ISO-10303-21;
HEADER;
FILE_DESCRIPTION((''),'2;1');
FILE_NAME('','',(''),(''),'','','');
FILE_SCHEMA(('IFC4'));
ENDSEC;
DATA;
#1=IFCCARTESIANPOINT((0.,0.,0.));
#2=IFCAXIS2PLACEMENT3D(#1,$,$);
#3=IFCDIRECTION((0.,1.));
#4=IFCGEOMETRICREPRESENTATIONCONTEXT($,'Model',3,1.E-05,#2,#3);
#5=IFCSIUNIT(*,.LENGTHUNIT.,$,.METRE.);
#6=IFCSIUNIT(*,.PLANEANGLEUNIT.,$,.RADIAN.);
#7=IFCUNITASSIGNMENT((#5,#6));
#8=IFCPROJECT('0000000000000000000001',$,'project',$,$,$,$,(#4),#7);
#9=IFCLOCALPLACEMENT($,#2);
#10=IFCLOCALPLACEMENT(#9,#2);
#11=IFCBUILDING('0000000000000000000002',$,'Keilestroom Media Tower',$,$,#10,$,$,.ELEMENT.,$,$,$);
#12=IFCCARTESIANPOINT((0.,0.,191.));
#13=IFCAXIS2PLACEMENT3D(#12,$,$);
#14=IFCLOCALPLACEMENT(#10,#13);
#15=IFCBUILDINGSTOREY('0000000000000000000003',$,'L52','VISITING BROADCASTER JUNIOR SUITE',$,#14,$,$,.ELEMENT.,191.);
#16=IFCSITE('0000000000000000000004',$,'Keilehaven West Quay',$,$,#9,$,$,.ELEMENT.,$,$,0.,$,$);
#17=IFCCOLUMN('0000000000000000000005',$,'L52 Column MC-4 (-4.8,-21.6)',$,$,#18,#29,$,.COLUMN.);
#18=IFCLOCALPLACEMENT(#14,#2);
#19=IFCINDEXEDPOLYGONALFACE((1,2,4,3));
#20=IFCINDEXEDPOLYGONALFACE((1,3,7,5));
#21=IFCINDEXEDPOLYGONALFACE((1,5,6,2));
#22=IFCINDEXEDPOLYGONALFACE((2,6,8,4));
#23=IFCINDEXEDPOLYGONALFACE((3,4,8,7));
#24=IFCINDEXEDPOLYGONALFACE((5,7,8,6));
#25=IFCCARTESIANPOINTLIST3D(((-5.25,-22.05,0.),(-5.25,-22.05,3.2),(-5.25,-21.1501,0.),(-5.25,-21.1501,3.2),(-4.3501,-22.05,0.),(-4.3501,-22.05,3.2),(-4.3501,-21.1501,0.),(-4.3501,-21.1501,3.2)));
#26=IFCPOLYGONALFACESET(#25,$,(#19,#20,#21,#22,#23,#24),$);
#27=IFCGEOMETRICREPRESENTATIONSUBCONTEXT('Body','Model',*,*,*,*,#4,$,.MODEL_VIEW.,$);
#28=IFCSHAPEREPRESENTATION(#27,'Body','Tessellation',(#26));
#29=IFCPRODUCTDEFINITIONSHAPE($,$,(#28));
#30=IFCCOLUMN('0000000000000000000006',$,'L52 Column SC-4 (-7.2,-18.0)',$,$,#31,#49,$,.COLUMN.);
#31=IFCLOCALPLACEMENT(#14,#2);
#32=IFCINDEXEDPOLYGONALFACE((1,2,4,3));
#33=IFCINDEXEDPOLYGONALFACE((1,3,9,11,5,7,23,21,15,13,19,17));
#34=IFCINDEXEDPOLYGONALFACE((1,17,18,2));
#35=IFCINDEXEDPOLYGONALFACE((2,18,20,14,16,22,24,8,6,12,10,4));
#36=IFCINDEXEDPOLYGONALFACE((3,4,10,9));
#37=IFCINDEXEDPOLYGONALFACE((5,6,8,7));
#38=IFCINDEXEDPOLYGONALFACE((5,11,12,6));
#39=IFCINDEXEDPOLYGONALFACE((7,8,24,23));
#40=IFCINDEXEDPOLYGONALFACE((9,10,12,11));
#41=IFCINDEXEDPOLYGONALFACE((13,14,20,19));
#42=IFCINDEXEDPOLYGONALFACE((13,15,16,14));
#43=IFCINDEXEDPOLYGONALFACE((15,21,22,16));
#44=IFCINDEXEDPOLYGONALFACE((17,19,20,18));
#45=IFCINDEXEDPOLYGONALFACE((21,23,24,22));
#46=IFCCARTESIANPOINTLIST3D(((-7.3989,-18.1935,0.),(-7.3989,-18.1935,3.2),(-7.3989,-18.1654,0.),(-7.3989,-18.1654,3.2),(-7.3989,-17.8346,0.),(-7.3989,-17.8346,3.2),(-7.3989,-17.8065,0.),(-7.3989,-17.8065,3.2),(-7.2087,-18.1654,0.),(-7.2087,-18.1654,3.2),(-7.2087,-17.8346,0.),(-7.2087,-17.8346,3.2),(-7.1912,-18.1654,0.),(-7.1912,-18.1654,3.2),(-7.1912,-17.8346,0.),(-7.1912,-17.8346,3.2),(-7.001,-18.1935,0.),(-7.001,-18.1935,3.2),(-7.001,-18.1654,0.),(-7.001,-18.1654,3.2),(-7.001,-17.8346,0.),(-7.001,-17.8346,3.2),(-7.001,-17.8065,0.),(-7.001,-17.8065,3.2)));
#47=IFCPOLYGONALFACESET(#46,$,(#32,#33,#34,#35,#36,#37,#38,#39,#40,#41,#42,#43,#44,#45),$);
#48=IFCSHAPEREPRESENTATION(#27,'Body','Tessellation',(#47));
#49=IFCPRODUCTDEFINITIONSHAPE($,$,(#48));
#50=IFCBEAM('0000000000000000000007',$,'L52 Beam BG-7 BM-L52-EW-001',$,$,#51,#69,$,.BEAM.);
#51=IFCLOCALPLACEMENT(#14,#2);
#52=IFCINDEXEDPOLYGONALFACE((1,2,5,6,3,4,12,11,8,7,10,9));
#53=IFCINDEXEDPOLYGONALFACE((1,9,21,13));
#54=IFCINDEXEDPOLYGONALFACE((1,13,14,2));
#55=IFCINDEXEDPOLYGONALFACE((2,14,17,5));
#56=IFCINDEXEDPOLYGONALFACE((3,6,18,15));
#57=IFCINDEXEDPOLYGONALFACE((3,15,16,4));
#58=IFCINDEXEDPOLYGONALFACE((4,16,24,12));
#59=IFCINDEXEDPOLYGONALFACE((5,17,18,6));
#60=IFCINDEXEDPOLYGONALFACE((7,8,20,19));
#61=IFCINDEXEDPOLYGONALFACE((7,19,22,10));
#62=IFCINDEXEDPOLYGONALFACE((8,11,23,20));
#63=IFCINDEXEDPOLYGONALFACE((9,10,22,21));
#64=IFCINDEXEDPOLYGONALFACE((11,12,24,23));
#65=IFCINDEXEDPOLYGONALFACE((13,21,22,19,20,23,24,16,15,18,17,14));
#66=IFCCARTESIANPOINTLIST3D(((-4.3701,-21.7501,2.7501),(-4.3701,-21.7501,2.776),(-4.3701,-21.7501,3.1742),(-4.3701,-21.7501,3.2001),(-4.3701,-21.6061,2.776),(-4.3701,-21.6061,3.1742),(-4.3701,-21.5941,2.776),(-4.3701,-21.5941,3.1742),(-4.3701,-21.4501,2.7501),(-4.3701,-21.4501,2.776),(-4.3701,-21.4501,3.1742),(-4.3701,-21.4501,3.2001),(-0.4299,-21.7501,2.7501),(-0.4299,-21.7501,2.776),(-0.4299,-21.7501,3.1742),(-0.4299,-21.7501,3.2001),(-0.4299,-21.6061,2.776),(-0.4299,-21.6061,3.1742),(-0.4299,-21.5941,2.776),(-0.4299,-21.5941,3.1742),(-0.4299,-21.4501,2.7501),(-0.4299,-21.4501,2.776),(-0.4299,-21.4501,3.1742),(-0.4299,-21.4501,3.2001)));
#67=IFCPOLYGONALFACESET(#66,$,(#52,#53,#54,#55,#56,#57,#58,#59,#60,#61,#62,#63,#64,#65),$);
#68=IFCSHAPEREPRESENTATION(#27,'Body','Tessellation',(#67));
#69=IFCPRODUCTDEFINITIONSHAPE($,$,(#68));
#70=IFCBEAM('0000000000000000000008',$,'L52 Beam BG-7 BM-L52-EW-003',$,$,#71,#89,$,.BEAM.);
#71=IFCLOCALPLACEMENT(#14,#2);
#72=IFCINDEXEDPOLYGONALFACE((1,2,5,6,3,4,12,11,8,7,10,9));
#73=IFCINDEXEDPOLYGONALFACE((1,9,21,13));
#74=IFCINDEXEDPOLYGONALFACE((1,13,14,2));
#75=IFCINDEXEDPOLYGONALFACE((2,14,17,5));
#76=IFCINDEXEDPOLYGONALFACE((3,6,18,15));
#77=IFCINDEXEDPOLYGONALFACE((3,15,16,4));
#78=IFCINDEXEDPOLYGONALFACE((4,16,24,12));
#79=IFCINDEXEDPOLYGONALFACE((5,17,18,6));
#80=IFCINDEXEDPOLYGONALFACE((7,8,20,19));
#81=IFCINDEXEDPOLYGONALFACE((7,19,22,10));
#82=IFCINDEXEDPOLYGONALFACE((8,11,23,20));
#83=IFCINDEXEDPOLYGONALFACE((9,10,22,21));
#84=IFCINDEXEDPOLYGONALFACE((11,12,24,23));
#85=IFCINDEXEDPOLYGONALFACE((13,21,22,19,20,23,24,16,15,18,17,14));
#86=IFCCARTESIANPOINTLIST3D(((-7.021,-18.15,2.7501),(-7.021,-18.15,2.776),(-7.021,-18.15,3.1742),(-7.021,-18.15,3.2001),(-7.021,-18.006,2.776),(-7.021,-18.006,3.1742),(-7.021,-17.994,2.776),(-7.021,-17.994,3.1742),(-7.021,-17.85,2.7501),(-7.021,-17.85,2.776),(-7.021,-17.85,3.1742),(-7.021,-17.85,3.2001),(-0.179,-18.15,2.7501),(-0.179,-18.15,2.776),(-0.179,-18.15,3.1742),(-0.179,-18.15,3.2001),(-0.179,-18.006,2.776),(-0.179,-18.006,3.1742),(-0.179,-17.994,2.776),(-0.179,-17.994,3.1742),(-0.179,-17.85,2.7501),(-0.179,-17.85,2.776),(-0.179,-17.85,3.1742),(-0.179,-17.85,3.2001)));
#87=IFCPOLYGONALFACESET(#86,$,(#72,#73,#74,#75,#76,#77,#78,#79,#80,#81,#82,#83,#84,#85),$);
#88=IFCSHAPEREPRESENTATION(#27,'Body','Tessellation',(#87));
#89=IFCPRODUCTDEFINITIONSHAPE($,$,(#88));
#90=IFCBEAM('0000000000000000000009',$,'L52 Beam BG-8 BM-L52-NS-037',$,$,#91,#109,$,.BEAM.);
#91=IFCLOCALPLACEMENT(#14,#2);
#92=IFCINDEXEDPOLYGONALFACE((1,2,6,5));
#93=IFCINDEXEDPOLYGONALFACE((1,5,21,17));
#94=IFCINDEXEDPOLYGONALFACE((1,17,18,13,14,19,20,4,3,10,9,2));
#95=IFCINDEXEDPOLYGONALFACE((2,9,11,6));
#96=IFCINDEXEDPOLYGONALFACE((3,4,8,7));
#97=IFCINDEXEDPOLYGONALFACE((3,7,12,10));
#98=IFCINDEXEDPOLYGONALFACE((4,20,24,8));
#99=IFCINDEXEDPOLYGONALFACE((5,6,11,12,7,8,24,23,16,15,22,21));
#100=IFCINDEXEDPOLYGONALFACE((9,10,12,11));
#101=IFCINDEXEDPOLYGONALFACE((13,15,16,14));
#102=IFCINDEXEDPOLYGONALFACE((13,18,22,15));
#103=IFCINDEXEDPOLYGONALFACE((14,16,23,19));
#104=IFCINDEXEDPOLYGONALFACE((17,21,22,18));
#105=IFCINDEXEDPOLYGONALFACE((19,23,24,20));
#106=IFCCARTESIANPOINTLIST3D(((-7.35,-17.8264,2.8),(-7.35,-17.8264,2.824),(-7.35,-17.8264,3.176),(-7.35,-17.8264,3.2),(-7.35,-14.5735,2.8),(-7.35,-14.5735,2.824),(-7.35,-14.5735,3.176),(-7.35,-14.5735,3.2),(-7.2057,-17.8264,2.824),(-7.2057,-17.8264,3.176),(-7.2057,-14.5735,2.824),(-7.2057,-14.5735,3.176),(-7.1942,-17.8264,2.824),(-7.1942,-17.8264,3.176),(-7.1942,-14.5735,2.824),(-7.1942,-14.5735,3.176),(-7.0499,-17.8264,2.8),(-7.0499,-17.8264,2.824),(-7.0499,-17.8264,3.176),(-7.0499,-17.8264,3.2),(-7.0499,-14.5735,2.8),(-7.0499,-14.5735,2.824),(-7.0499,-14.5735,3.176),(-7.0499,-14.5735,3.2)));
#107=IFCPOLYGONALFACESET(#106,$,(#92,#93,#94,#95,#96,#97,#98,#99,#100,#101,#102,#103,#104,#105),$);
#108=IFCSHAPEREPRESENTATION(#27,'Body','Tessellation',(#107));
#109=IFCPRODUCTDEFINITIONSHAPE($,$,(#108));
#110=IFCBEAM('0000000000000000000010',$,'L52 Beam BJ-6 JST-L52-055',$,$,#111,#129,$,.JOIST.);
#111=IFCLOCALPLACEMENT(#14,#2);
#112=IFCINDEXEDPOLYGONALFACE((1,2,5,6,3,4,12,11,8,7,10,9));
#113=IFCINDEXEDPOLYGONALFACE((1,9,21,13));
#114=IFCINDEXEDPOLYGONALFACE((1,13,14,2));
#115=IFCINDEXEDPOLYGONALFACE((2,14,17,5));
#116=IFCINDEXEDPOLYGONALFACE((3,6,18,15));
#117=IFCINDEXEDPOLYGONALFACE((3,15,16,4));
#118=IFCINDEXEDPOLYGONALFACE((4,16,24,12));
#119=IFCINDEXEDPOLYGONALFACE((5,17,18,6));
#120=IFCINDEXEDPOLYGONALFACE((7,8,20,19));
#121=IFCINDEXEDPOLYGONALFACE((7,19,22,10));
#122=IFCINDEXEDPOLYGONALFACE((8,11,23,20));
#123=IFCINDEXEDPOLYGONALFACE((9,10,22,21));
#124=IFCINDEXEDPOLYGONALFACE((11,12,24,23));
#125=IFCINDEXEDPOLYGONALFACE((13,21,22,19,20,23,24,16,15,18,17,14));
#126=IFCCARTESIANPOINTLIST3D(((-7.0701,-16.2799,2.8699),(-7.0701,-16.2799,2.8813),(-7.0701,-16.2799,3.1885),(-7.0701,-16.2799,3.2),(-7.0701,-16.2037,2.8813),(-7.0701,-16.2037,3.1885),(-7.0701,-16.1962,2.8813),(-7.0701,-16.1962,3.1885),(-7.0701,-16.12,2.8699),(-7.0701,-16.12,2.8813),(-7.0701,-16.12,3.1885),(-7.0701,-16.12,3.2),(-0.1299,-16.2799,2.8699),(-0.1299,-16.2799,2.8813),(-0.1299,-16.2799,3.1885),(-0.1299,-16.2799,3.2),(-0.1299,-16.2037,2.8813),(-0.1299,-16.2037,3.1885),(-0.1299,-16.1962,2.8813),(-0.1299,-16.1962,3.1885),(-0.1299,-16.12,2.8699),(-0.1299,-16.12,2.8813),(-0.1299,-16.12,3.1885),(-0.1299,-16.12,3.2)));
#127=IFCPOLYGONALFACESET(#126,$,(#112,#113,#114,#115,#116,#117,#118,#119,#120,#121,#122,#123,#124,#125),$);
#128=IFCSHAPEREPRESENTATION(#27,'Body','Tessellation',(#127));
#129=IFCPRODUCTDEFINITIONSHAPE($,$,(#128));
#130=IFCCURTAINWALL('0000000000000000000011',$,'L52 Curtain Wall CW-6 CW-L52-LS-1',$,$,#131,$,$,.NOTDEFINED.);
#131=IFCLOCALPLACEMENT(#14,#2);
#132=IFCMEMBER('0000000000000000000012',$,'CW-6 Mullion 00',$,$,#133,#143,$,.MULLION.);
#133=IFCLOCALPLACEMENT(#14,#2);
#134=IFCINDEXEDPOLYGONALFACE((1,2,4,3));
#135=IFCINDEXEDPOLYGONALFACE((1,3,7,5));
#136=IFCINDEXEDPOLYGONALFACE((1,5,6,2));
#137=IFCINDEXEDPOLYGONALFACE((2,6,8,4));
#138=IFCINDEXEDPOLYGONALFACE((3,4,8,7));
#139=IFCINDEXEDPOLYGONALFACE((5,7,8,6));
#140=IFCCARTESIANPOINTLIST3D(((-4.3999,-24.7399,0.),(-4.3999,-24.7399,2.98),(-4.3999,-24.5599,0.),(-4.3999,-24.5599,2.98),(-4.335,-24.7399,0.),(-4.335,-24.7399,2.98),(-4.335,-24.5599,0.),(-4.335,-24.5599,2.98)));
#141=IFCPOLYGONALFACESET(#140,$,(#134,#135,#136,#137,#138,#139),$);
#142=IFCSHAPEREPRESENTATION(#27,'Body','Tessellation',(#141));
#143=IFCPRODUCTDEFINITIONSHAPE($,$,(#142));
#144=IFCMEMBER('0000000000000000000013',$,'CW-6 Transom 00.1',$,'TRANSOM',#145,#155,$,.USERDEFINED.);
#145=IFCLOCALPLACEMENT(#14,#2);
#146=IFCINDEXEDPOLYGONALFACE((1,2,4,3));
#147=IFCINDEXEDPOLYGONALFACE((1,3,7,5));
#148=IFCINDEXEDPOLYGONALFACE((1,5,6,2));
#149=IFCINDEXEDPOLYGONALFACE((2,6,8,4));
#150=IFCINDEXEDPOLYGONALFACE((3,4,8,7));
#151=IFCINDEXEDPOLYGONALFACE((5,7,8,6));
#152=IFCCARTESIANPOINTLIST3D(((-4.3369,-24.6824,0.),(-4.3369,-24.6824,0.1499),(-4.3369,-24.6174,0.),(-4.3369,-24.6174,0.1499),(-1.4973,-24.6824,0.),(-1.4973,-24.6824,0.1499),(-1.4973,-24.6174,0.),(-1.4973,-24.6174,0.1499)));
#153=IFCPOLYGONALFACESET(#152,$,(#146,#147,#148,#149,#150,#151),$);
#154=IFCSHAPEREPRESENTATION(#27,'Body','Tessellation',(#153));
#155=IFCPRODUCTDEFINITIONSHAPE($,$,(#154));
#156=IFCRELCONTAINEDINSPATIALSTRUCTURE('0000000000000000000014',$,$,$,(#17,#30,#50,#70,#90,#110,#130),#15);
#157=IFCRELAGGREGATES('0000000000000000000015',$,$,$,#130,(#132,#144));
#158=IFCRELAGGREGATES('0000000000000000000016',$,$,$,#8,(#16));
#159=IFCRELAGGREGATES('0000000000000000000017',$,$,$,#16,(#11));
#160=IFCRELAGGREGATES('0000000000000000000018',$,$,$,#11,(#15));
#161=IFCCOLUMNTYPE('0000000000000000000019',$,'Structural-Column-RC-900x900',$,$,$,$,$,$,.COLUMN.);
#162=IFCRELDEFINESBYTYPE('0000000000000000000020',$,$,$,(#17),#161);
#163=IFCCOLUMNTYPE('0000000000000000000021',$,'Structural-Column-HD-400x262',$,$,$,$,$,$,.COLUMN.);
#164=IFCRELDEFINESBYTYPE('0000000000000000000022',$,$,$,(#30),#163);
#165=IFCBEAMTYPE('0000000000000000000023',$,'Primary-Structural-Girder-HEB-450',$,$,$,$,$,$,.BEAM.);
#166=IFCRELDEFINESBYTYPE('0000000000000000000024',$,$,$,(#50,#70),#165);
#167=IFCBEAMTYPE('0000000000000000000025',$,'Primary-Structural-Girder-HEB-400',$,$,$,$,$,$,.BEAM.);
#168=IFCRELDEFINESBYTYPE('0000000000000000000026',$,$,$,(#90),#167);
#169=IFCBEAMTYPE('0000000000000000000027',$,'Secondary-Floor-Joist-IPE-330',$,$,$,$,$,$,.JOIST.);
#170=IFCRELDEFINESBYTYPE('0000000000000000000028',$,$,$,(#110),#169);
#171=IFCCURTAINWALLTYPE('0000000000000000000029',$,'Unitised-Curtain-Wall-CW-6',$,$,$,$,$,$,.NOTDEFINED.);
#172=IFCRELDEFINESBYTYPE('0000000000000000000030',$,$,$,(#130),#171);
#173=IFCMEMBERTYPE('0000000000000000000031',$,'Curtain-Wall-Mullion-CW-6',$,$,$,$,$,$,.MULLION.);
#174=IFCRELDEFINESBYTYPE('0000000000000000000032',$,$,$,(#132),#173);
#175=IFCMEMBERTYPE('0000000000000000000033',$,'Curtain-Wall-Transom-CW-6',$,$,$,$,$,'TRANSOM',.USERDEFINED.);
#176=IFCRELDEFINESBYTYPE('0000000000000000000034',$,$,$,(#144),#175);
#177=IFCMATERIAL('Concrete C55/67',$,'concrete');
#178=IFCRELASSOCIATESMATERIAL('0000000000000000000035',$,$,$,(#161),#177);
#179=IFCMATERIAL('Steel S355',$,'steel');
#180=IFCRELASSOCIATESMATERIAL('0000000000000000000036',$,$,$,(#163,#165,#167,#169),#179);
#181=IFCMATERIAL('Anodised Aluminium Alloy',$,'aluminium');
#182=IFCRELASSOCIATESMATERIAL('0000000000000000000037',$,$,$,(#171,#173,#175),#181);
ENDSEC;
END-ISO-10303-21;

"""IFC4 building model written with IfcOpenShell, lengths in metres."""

from ifc_helpers import new_model, si_unit, direction, frame, origin, origin_2d, place, context, subcontext, project, spatial, rectangle, i_section, extrude, source, transform, mapped, material, material_profile, profile_set, type_object, element, aggregate, save


model = new_model("IFC4")

# Units and contexts
model_context = context("Model", 3, precision=1e-05, world=origin(), true_north=direction((0.0, 1.0)))
body_context = subcontext(model_context, "Body", "Model", "MODEL_VIEW")
ifc_project = project(units=[si_unit("LENGTHUNIT", "METRE"), si_unit("PLANEANGLEUNIT", "RADIAN")], contexts=[model_context])

# Site, building, storey
site_placement = place(None, origin())
site = spatial("IfcSite", under=ifc_project, at=site_placement, Name="Keilehaven West Quay", CompositionType="ELEMENT", RefElevation=0.0)
building_placement = place(site_placement, origin())
building = spatial("IfcBuilding", under=site, at=building_placement, Name="Keilestroom Media Tower", CompositionType="ELEMENT")
storey_placement = place(building_placement, frame((0.0, 0.0, 191.0)))
storey = spatial("IfcBuildingStorey", under=building, at=storey_placement, Name="L52", Description="VISITING BROADCASTER JUNIOR SUITE", CompositionType="ELEMENT", Elevation=191.0)

# Columns
ifc_material_1 = material(Name="Concrete C55/67", Category="concrete")
ifc_material_profile_1 = material_profile(ifc_material_1, rectangle(XDim=0.8999, YDim=0.8999, at=origin_2d()), Name="RC 900x900")
ifc_profile_set_1 = profile_set([ifc_material_profile_1], Name="Concrete C55/67")
column_type_1 = type_object("IfcColumnType", Name="Structural-Column-RC-900x900", PredefinedType="COLUMN", material=ifc_profile_set_1)
shared_shape_1 = source(origin(), body_context, "Body", "SweptSolid", [
    extrude(rectangle(XDim=0.8999, YDim=0.8999, at=origin_2d()), origin(), (0.0, 0.0, 1.0), 3.2),
])
column_1_placement = place(storey_placement, frame((-4.8, -21.6001, 0.0), z_axis=(0.0, 0.0, 1.0), x_axis=(1.0, 0.0, 0.0)))
element("IfcColumn", 1, at=column_1_placement, inside=storey, type_object=column_type_1, Name="L52 Column MC-4 (-4.8,-21.6)", PredefinedType="COLUMN", context=body_context, shape_type="MappedRepresentation", body=[
    mapped(shared_shape_1, transform((0.0, 0.0, 0.0), x_axis=(1.0, 0.0, 0.0), y_axis=(0.0, 1.0, 0.0), z_axis=(0.0, 0.0, 1.0), scale=1.0)),
])
ifc_material_2 = material(Name="Steel S355", Category="steel")
ifc_material_profile_2 = material_profile(ifc_material_2, i_section(OverallWidth=0.3979, OverallDepth=0.387, WebThickness=0.0176, FlangeThickness=0.0281, at=origin_2d()), Name="HD 400x262")
ifc_profile_set_2 = profile_set([ifc_material_profile_2], Name="Steel S355")
column_type_2 = type_object("IfcColumnType", Name="Structural-Column-HD-400x262", PredefinedType="COLUMN", material=ifc_profile_set_2)
shared_shape_2 = source(origin(), body_context, "Body", "SweptSolid", [
    extrude(i_section(OverallWidth=0.3979, OverallDepth=0.387, WebThickness=0.0176, FlangeThickness=0.0281, at=origin_2d()), origin(), (0.0, 0.0, 1.0), 3.2),
])
column_2_placement = place(storey_placement, frame((-7.2, -18.0, 0.0), z_axis=(0.0, 0.0, 1.0), x_axis=(1.0, 0.0, 0.0)))
element("IfcColumn", 2, at=column_2_placement, inside=storey, type_object=column_type_2, Name="L52 Column SC-4 (-7.2,-18.0)", PredefinedType="COLUMN", context=body_context, shape_type="MappedRepresentation", body=[
    mapped(shared_shape_2, transform((0.0, 0.0, 0.0), x_axis=(1.0, 0.0, 0.0), y_axis=(0.0, 1.0, 0.0), z_axis=(0.0, 0.0, 1.0), scale=1.0)),
])

# Beams
ifc_material_profile_3 = material_profile(ifc_material_2, i_section(OverallWidth=0.3, OverallDepth=0.45, WebThickness=0.012, FlangeThickness=0.0259, at=origin_2d()), Name="HEB 450")
ifc_profile_set_3 = profile_set([ifc_material_profile_3], Name="Steel S355")
beam_type_1 = type_object("IfcBeamType", Name="Primary-Structural-Girder-HEB-450", PredefinedType="BEAM", material=ifc_profile_set_3)
shared_shape_3 = source(origin(), body_context, "Body", "SweptSolid", [
    extrude(i_section(OverallWidth=0.3, OverallDepth=0.45, WebThickness=0.012, FlangeThickness=0.0259, at=origin_2d()), origin(), (0.0, 0.0, 1.0), 3.9402),
])
beam_1_placement = place(storey_placement, frame((-4.3701, -21.6001, 2.9751), z_axis=(1.0, 0.0, 0.0), x_axis=(0.0, 1.0, 0.0)))
element("IfcBeam", 3, at=beam_1_placement, inside=storey, type_object=beam_type_1, Name="L52 Beam BG-7 BM-L52-EW-001", PredefinedType="BEAM", context=body_context, shape_type="MappedRepresentation", body=[
    mapped(shared_shape_3, transform((0.0, 0.0, 0.0), x_axis=(1.0, 0.0, 0.0), y_axis=(0.0, 1.0, 0.0), z_axis=(0.0, 0.0, 1.0), scale=1.0)),
])
shared_shape_4 = source(origin(), body_context, "Body", "SweptSolid", [
    extrude(i_section(OverallWidth=0.3, OverallDepth=0.45, WebThickness=0.012, FlangeThickness=0.0259, at=origin_2d()), origin(), (0.0, 0.0, 1.0), 6.842),
])
beam_2_placement = place(storey_placement, frame((-7.021, -18.0, 2.9751), z_axis=(1.0, 0.0, 0.0), x_axis=(0.0, 1.0, 0.0)))
element("IfcBeam", 4, at=beam_2_placement, inside=storey, type_object=beam_type_1, Name="L52 Beam BG-7 BM-L52-EW-003", PredefinedType="BEAM", context=body_context, shape_type="MappedRepresentation", body=[
    mapped(shared_shape_4, transform((0.0, 0.0, 0.0), x_axis=(1.0, 0.0, 0.0), y_axis=(0.0, 1.0, 0.0), z_axis=(0.0, 0.0, 1.0), scale=1.0)),
])
ifc_material_profile_4 = material_profile(ifc_material_2, i_section(OverallWidth=0.3, OverallDepth=0.3999, WebThickness=0.0115, FlangeThickness=0.0239, at=origin_2d()), Name="HEB 400")
ifc_profile_set_4 = profile_set([ifc_material_profile_4], Name="Steel S355")
beam_type_2 = type_object("IfcBeamType", Name="Primary-Structural-Girder-HEB-400", PredefinedType="BEAM", material=ifc_profile_set_4)
shared_shape_5 = source(origin(), body_context, "Body", "SweptSolid", [
    extrude(i_section(OverallWidth=0.3, OverallDepth=0.3999, WebThickness=0.0115, FlangeThickness=0.0239, at=origin_2d()), origin(), (0.0, 0.0, 1.0), 3.2529),
])
beam_3_placement = place(storey_placement, frame((-7.2, -17.8264, 3.0), z_axis=(0.0, 1.0, 0.0), x_axis=(-1.0, 0.0, 0.0)))
element("IfcBeam", 5, at=beam_3_placement, inside=storey, type_object=beam_type_2, Name="L52 Beam BG-8 BM-L52-NS-037", PredefinedType="BEAM", context=body_context, shape_type="MappedRepresentation", body=[
    mapped(shared_shape_5, transform((0.0, 0.0, 0.0), x_axis=(1.0, 0.0, 0.0), y_axis=(0.0, 1.0, 0.0), z_axis=(0.0, 0.0, 1.0), scale=1.0)),
])
ifc_material_profile_5 = material_profile(ifc_material_2, i_section(OverallWidth=0.1599, OverallDepth=0.3301, WebThickness=0.0076, FlangeThickness=0.0115, at=origin_2d()), Name="IPE 330")
ifc_profile_set_5 = profile_set([ifc_material_profile_5], Name="Steel S355")
beam_type_3 = type_object("IfcBeamType", Name="Secondary-Floor-Joist-IPE-330", PredefinedType="JOIST", material=ifc_profile_set_5)
shared_shape_6 = source(origin(), body_context, "Body", "SweptSolid", [
    extrude(i_section(OverallWidth=0.1599, OverallDepth=0.3301, WebThickness=0.0076, FlangeThickness=0.0115, at=origin_2d()), origin(), (0.0, 0.0, 1.0), 6.9402),
])
beam_4_placement = place(storey_placement, frame((-7.0701, -16.2, 3.0349), z_axis=(1.0, 0.0, 0.0), x_axis=(0.0, 1.0, 0.0)))
element("IfcBeam", 6, at=beam_4_placement, inside=storey, type_object=beam_type_3, Name="L52 Beam BJ-6 JST-L52-055", PredefinedType="JOIST", context=body_context, shape_type="MappedRepresentation", body=[
    mapped(shared_shape_6, transform((0.0, 0.0, 0.0), x_axis=(1.0, 0.0, 0.0), y_axis=(0.0, 1.0, 0.0), z_axis=(0.0, 0.0, 1.0), scale=1.0)),
])

# Curtain wall, members
ifc_material_3 = material(Name="Anodised Aluminium Alloy", Category="aluminium")
curtain_wall_type = type_object("IfcCurtainWallType", Name="Unitised-Curtain-Wall-CW-6", PredefinedType="NOTDEFINED", material=ifc_material_3)
curtain_wall_placement = place(storey_placement, origin())
curtain_wall = element("IfcCurtainWall", 7, at=curtain_wall_placement, inside=storey, type_object=curtain_wall_type, Name="L52 Curtain Wall CW-6 CW-L52-LS-1", PredefinedType="NOTDEFINED")
ifc_material_profile_6 = material_profile(ifc_material_3, rectangle(XDim=0.0649, YDim=0.1799, at=origin_2d()), Name="ALU MULLION 65x180")
ifc_profile_set_6 = profile_set([ifc_material_profile_6], Name="Anodised Aluminium Alloy")
member_type_1 = type_object("IfcMemberType", Name="Curtain-Wall-Mullion-CW-6", PredefinedType="MULLION", material=ifc_profile_set_6)
shared_shape_7 = source(origin(), body_context, "Body", "SweptSolid", [
    extrude(rectangle(XDim=0.0649, YDim=0.1799, at=origin_2d()), origin(), (0.0, 0.0, 1.0), 2.98),
])
member_1_placement = place(storey_placement, frame((-4.3674, -24.6499, 0.0), z_axis=(0.0, 0.0, 1.0), x_axis=(1.0, 0.0, 0.0)))
member_1 = element("IfcMember", 8, at=member_1_placement, type_object=member_type_1, Name="CW-6 Mullion 00", PredefinedType="MULLION", context=body_context, shape_type="MappedRepresentation", body=[
    mapped(shared_shape_7, transform((0.0, 0.0, 0.0), x_axis=(1.0, 0.0, 0.0), y_axis=(0.0, 1.0, 0.0), z_axis=(0.0, 0.0, 1.0), scale=1.0)),
])
ifc_material_profile_7 = material_profile(ifc_material_3, rectangle(XDim=0.0649, YDim=0.1499, at=origin_2d()), Name="ALU TRANSOM 65x150")
ifc_profile_set_7 = profile_set([ifc_material_profile_7], Name="Anodised Aluminium Alloy")
member_type_2 = type_object("IfcMemberType", Name="Curtain-Wall-Transom-CW-6", ElementType="TRANSOM", PredefinedType="USERDEFINED", material=ifc_profile_set_7)
shared_shape_8 = source(origin(), body_context, "Body", "SweptSolid", [
    extrude(rectangle(XDim=0.0649, YDim=0.1499, at=origin_2d()), origin(), (0.0, 0.0, 1.0), 2.8396),
])
member_2_placement = place(storey_placement, frame((-4.3369, -24.6499, 0.075), z_axis=(1.0, 0.0, 0.0), x_axis=(0.0, 1.0, 0.0)))
member_2 = element("IfcMember", 9, at=member_2_placement, type_object=member_type_2, Name="CW-6 Transom 00.1", ObjectType="TRANSOM", PredefinedType="USERDEFINED", context=body_context, shape_type="MappedRepresentation", body=[
    mapped(shared_shape_8, transform((0.0, 0.0, 0.0), x_axis=(1.0, 0.0, 0.0), y_axis=(0.0, 1.0, 0.0), z_axis=(0.0, 0.0, 1.0), scale=1.0)),
])
aggregate(curtain_wall, [member_1, member_2])

save(model, "model.ifc")
